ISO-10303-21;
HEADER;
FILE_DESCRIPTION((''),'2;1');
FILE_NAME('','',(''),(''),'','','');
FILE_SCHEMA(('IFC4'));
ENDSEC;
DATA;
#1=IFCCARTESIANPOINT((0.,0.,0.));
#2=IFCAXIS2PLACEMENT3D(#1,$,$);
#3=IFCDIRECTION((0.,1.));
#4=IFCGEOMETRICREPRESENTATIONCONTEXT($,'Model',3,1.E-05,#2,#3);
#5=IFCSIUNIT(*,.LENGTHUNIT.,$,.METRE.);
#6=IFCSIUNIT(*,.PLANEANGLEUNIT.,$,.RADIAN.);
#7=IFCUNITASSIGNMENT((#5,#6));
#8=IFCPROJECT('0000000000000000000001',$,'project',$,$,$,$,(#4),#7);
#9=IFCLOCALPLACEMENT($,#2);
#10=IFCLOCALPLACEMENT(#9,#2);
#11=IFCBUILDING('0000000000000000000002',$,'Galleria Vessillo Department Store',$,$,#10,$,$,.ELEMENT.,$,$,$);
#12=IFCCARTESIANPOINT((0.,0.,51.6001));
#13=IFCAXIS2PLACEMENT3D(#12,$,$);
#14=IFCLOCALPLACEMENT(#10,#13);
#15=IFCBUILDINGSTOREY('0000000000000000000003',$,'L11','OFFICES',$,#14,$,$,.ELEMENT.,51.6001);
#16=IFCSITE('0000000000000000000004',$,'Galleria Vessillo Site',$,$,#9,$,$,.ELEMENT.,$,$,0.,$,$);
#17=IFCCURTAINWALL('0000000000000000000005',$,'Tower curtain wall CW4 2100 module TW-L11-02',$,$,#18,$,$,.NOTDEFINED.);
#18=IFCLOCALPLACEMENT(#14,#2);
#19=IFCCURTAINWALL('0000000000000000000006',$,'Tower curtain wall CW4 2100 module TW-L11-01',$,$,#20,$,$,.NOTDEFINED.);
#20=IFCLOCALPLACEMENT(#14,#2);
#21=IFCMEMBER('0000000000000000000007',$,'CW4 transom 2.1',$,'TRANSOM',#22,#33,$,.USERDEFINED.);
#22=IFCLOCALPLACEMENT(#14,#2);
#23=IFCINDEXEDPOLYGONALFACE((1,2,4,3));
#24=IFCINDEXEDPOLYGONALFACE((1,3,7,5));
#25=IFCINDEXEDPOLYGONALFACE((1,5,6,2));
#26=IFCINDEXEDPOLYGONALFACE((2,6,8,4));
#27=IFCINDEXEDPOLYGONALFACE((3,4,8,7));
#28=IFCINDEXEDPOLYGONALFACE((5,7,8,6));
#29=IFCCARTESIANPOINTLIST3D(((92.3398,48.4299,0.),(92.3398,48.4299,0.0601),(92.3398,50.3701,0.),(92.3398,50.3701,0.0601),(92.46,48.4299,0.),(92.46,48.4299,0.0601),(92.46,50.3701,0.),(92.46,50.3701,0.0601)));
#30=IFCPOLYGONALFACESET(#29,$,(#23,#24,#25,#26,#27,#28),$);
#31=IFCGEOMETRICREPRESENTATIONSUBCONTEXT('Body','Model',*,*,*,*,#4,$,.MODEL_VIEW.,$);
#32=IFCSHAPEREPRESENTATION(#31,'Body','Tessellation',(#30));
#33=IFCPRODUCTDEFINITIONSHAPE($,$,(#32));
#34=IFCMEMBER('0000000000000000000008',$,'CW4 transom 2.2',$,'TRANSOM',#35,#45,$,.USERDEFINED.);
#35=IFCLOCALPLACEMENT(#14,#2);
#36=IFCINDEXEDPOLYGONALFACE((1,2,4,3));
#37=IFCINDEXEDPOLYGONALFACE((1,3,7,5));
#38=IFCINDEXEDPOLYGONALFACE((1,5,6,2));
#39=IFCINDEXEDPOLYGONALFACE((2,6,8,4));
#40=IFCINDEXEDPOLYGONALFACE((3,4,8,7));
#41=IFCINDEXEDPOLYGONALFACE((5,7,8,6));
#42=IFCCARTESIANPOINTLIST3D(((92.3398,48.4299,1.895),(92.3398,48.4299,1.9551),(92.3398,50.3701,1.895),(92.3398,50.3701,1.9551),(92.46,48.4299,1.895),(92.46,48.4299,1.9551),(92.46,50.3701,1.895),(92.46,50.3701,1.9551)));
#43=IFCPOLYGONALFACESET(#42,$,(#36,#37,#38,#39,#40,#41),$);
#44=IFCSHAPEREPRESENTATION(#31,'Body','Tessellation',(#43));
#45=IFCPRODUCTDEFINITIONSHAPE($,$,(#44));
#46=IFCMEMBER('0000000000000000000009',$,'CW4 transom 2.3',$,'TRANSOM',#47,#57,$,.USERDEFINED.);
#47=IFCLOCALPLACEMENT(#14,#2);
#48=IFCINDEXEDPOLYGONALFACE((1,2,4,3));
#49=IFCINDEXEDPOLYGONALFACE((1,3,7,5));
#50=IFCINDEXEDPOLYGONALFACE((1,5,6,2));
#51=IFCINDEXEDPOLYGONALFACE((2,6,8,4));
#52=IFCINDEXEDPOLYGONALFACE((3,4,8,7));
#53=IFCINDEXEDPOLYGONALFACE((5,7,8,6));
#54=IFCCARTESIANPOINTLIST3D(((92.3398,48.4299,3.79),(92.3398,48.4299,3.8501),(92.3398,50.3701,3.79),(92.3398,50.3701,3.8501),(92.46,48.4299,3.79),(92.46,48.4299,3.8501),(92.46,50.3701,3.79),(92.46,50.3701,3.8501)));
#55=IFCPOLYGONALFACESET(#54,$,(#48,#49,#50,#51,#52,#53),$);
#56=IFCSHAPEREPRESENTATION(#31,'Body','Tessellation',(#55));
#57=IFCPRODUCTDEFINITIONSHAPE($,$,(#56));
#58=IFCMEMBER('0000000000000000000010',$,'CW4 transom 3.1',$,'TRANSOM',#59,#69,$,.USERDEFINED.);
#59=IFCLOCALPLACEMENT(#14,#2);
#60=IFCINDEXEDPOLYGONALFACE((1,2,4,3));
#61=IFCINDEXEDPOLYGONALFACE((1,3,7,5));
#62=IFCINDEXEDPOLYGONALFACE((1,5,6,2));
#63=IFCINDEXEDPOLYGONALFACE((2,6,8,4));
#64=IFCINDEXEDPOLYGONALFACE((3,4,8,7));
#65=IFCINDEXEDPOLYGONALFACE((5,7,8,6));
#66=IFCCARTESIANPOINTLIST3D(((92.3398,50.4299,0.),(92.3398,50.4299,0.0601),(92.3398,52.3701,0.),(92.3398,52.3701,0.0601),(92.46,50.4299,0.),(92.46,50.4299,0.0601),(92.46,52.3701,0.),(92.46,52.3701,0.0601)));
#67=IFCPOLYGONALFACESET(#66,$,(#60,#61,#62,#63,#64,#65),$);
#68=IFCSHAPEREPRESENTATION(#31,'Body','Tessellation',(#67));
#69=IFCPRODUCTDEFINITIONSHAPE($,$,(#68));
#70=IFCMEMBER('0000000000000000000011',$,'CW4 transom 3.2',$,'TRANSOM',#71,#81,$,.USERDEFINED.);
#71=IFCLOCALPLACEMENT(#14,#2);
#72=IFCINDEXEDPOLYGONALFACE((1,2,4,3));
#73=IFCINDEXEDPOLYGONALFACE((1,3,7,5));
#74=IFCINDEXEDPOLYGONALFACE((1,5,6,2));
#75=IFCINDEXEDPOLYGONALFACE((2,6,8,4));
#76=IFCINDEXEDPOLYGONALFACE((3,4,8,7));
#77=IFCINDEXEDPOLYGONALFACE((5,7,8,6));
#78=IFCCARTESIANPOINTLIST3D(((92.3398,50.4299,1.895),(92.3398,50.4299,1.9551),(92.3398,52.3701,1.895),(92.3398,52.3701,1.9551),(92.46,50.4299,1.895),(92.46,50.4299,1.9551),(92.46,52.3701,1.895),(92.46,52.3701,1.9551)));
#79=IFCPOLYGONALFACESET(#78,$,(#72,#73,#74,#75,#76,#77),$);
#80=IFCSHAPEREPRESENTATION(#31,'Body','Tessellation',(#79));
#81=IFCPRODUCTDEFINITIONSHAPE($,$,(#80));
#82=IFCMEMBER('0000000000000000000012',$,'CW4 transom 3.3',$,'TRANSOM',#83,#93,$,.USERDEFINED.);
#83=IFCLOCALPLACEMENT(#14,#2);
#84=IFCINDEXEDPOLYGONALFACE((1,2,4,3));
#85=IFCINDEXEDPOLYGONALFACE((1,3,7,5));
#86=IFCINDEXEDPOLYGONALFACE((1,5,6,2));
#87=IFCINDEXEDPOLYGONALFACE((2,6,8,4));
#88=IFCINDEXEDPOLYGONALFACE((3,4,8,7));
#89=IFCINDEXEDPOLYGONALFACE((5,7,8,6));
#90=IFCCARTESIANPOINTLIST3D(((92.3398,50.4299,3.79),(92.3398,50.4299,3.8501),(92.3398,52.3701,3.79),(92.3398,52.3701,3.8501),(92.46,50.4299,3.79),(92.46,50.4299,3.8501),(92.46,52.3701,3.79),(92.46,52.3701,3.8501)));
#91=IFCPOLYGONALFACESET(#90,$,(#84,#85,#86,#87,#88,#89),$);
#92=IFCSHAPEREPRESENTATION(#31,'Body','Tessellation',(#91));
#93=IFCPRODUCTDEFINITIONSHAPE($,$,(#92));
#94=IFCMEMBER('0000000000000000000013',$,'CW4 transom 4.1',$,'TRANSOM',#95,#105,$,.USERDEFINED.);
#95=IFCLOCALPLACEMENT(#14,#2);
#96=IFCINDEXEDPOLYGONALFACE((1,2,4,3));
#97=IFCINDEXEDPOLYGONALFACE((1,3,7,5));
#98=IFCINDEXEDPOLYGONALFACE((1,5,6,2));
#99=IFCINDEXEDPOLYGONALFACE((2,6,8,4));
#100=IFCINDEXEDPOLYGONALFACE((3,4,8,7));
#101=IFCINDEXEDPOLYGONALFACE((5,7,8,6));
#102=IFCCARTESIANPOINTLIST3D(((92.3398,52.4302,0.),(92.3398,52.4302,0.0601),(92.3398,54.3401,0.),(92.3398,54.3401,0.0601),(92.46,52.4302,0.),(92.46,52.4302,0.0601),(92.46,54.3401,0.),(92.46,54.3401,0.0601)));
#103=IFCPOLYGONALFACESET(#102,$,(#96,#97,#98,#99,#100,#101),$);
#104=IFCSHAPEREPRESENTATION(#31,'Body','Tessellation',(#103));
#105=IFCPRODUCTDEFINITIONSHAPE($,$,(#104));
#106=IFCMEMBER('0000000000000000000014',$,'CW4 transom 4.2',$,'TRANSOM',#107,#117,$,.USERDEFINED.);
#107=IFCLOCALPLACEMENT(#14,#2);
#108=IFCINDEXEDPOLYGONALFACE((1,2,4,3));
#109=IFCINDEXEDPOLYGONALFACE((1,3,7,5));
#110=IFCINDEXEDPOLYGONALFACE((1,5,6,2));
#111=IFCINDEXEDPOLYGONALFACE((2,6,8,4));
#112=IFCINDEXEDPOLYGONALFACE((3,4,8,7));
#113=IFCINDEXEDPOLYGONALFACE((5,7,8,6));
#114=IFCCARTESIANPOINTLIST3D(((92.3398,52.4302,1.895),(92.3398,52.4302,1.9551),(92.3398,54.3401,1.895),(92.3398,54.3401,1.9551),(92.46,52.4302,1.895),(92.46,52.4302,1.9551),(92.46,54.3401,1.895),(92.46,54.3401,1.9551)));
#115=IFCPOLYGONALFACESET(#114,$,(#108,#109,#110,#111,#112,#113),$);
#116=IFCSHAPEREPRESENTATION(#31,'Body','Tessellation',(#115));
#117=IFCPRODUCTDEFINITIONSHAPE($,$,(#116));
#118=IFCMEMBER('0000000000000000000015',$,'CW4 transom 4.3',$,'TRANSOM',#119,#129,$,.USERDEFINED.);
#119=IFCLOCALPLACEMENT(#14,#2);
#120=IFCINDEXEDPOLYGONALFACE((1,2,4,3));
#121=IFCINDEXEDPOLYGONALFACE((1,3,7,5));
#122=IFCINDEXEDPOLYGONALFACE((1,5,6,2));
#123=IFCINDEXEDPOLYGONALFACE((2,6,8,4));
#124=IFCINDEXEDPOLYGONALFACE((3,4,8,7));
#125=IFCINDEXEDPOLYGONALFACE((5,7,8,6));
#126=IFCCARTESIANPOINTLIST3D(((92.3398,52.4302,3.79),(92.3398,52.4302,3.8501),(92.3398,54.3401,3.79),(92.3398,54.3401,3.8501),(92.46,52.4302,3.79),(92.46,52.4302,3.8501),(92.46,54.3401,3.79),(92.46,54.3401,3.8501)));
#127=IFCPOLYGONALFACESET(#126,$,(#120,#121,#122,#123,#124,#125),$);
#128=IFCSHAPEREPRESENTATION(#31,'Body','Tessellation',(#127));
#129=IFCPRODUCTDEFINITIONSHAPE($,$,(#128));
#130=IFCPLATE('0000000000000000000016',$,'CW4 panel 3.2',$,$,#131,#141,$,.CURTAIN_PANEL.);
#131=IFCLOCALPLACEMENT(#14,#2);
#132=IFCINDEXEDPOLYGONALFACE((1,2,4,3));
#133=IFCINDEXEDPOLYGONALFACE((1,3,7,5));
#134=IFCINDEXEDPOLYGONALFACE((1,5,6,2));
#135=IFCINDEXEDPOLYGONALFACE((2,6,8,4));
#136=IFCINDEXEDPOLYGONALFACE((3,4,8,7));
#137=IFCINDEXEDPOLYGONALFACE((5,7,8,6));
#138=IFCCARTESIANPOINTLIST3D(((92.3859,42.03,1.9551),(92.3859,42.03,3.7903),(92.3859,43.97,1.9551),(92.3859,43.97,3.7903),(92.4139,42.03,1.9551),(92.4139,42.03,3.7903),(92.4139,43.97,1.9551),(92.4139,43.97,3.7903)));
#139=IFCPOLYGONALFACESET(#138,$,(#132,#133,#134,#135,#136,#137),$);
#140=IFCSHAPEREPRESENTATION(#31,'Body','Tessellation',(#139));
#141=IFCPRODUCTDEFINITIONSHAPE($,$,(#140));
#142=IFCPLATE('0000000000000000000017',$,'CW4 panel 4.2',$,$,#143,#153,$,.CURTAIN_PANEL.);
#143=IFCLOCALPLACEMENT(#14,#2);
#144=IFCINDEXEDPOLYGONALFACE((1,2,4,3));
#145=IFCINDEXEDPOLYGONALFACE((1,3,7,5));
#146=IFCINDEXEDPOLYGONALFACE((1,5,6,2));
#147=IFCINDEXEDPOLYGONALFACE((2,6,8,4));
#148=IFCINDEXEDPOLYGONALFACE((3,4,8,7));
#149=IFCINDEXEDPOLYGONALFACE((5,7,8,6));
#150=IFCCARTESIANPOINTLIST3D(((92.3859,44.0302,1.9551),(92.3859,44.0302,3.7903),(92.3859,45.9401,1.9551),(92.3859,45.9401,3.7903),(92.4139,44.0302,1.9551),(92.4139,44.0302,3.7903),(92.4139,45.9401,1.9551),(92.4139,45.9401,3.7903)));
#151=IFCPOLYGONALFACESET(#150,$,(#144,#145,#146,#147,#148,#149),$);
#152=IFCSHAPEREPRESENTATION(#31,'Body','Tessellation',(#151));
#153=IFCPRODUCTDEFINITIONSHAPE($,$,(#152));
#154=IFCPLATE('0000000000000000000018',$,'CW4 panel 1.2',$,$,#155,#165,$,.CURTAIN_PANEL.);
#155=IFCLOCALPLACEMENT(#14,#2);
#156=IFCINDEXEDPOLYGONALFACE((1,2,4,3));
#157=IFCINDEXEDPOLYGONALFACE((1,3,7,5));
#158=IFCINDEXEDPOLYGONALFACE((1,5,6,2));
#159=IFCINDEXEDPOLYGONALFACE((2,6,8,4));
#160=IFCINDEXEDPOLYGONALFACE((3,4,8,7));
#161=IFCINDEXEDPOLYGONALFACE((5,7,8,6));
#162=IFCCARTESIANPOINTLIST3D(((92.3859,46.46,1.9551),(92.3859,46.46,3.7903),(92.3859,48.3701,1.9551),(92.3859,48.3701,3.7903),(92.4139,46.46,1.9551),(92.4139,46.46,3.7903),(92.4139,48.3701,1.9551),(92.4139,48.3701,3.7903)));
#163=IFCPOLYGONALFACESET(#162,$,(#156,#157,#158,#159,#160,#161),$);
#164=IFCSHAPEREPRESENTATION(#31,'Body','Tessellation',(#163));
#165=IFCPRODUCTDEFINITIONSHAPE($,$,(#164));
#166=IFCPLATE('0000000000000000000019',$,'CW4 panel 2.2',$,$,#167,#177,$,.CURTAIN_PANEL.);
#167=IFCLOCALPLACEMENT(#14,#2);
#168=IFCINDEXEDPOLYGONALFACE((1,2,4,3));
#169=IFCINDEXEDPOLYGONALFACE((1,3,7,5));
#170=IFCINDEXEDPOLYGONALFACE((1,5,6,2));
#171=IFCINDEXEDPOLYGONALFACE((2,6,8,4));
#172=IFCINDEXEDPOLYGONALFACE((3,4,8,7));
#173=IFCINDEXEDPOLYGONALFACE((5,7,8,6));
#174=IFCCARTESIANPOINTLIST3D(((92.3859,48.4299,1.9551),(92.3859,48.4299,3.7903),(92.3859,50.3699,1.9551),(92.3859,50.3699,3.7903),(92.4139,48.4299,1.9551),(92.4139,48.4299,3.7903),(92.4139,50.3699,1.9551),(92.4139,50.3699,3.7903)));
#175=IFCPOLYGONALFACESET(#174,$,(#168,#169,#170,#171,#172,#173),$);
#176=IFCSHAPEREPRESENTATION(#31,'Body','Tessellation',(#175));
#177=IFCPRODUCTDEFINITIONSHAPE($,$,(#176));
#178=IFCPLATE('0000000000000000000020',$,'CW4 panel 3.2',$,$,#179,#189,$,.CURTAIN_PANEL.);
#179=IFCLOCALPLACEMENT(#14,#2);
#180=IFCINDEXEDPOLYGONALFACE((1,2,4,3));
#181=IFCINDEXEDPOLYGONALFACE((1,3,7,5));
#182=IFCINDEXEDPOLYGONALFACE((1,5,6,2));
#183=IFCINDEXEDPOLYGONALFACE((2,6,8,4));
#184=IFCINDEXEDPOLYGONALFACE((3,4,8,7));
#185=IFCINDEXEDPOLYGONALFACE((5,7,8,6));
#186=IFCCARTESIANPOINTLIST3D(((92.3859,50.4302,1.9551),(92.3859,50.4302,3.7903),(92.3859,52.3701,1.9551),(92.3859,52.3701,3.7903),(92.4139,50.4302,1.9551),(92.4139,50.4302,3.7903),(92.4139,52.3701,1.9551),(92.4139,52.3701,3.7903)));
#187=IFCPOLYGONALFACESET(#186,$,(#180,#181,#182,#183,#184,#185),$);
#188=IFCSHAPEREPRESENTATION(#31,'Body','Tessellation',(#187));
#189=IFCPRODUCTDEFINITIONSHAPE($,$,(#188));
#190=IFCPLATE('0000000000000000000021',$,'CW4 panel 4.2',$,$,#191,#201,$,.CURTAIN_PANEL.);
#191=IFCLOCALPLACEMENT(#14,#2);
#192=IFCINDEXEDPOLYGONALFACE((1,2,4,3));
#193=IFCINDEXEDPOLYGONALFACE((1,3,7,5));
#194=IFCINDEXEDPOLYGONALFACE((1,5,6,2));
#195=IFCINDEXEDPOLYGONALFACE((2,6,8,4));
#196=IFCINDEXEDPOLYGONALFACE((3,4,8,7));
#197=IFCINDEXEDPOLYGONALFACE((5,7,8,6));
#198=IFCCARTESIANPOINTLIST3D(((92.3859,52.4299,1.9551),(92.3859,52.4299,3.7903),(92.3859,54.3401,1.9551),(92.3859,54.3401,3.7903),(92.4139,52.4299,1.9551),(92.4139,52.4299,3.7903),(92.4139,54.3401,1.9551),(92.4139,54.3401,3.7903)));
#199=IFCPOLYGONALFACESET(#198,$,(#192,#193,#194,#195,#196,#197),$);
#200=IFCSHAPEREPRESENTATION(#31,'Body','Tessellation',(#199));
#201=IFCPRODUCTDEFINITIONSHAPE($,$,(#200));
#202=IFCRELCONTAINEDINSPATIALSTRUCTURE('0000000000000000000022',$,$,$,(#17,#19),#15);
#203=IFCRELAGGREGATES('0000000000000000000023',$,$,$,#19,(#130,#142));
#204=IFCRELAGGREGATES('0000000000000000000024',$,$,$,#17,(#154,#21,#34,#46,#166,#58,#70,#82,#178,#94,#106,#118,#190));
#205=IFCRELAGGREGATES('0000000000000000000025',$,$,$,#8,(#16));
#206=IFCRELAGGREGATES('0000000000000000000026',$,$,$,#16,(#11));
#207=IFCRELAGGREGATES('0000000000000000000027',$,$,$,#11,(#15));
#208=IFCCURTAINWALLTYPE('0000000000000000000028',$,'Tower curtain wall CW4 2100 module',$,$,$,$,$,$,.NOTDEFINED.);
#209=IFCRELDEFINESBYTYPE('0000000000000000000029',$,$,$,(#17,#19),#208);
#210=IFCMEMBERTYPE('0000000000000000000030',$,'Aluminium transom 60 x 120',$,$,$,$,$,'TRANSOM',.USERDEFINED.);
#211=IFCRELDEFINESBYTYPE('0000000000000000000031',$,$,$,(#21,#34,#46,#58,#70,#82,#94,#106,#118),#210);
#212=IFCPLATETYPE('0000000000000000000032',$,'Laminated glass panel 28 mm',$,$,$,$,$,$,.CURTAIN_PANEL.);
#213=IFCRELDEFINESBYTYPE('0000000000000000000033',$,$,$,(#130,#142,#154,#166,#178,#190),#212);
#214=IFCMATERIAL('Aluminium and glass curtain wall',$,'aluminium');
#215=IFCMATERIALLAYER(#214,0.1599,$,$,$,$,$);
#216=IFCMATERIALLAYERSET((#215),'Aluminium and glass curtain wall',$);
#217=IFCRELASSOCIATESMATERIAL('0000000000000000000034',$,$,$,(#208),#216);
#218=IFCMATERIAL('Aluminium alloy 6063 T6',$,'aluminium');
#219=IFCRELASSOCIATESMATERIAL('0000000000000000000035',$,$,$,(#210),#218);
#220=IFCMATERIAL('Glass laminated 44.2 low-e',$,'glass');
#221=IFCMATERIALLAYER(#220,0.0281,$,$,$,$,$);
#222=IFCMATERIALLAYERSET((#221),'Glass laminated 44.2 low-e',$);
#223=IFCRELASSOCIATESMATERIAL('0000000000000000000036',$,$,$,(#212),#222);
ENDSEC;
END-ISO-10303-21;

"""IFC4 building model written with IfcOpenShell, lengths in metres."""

from ifc_helpers import new_model, si_unit, direction, frame, origin, origin_2d, place, context, subcontext, project, spatial, rectangle, extrude, material, layer, layer_set, material_profile, profile_set, type_object, element, aggregate, save


model = new_model("IFC4")

# Units and contexts
model_context = context("Model", 3, precision=1e-05, world=origin(), true_north=direction((0.0, 1.0)))
body_context = subcontext(model_context, "Body", "Model", "MODEL_VIEW")
ifc_project = project(units=[si_unit("LENGTHUNIT", "METRE"), si_unit("PLANEANGLEUNIT", "RADIAN")], contexts=[model_context])

# Site, building, storey
site_placement = place(None, origin())
site = spatial("IfcSite", under=ifc_project, at=site_placement, Name="Galleria Vessillo Site", CompositionType="ELEMENT", RefElevation=0.0)
building_placement = place(site_placement, origin())
building = spatial("IfcBuilding", under=site, at=building_placement, Name="Galleria Vessillo Department Store", CompositionType="ELEMENT")
storey_placement = place(building_placement, frame((0.0, 0.0, 51.6001)))
storey = spatial("IfcBuildingStorey", under=building, at=storey_placement, Name="L11", Description="OFFICES", CompositionType="ELEMENT", Elevation=51.6001)

# Curtain walls
ifc_material_1 = material(Name="Aluminium and glass curtain wall", Category="aluminium")
ifc_layer_1 = layer(ifc_material_1, 0.1599)
ifc_layer_set_1 = layer_set([ifc_layer_1], Name="Aluminium and glass curtain wall")
curtain_wall_type = type_object("IfcCurtainWallType", Name="Tower curtain wall CW4 2100 module", PredefinedType="NOTDEFINED", material=ifc_layer_set_1)
curtain_wall_1_placement = place(storey_placement, origin())
curtain_wall_1 = element("IfcCurtainWall", 1, at=curtain_wall_1_placement, inside=storey, type_object=curtain_wall_type, Name="Tower curtain wall CW4 2100 module TW-L11-02", PredefinedType="NOTDEFINED")
curtain_wall_2_placement = place(storey_placement, origin())
curtain_wall_2 = element("IfcCurtainWall", 2, at=curtain_wall_2_placement, inside=storey, type_object=curtain_wall_type, Name="Tower curtain wall CW4 2100 module TW-L11-01", PredefinedType="NOTDEFINED")
ifc_material_2 = material(Name="Aluminium alloy 6063 T6", Category="aluminium")
ifc_material_profile_1 = material_profile(ifc_material_2, rectangle(XDim=0.1201, YDim=0.0601, at=origin_2d()), Name="AL 60x120")
ifc_profile_set_1 = profile_set([ifc_material_profile_1], Name="Aluminium alloy 6063 T6")
member_type_1 = type_object("IfcMemberType", Name="Aluminium transom 60 x 120", ElementType="TRANSOM", PredefinedType="USERDEFINED", material=ifc_profile_set_1)

# Members
member_1_placement = place(storey_placement, frame((92.3999, 48.4299, 0.03), z_axis=(0.0, 1.0, 0.0), x_axis=(-1.0, 0.0, 0.0)))
member_1 = element("IfcMember", 3, at=member_1_placement, type_object=member_type_1, Name="CW4 transom 2.1", ObjectType="TRANSOM", PredefinedType="USERDEFINED", context=body_context, shape_type="SweptSolid", body=[
    extrude(rectangle(XDim=0.1201, YDim=0.0601, at=origin_2d()), origin(), (0.0, 0.0, 1.0), 1.9402),
])
member_2_placement = place(storey_placement, frame((92.3999, 48.4299, 1.925), z_axis=(0.0, 1.0, 0.0), x_axis=(-1.0, 0.0, 0.0)))
member_2 = element("IfcMember", 4, at=member_2_placement, type_object=member_type_1, Name="CW4 transom 2.2", ObjectType="TRANSOM", PredefinedType="USERDEFINED", context=body_context, shape_type="SweptSolid", body=[
    extrude(rectangle(XDim=0.1201, YDim=0.0601, at=origin_2d()), origin(), (0.0, 0.0, 1.0), 1.9402),
])
member_3_placement = place(storey_placement, frame((92.3999, 48.4299, 3.8201), z_axis=(0.0, 1.0, 0.0), x_axis=(-1.0, 0.0, 0.0)))
member_3 = element("IfcMember", 5, at=member_3_placement, type_object=member_type_1, Name="CW4 transom 2.3", ObjectType="TRANSOM", PredefinedType="USERDEFINED", context=body_context, shape_type="SweptSolid", body=[
    extrude(rectangle(XDim=0.1201, YDim=0.0601, at=origin_2d()), origin(), (0.0, 0.0, 1.0), 1.9402),
])
member_4_placement = place(storey_placement, frame((92.3999, 50.4299, 0.03), z_axis=(0.0, 1.0, 0.0), x_axis=(-1.0, 0.0, 0.0)))
member_4 = element("IfcMember", 6, at=member_4_placement, type_object=member_type_1, Name="CW4 transom 3.1", ObjectType="TRANSOM", PredefinedType="USERDEFINED", context=body_context, shape_type="SweptSolid", body=[
    extrude(rectangle(XDim=0.1201, YDim=0.0601, at=origin_2d()), origin(), (0.0, 0.0, 1.0), 1.9402),
])
member_5_placement = place(storey_placement, frame((92.3999, 50.4299, 1.925), z_axis=(0.0, 1.0, 0.0), x_axis=(-1.0, 0.0, 0.0)))
member_5 = element("IfcMember", 7, at=member_5_placement, type_object=member_type_1, Name="CW4 transom 3.2", ObjectType="TRANSOM", PredefinedType="USERDEFINED", context=body_context, shape_type="SweptSolid", body=[
    extrude(rectangle(XDim=0.1201, YDim=0.0601, at=origin_2d()), origin(), (0.0, 0.0, 1.0), 1.9402),
])
member_6_placement = place(storey_placement, frame((92.3999, 50.4299, 3.8201), z_axis=(0.0, 1.0, 0.0), x_axis=(-1.0, 0.0, 0.0)))
member_6 = element("IfcMember", 8, at=member_6_placement, type_object=member_type_1, Name="CW4 transom 3.3", ObjectType="TRANSOM", PredefinedType="USERDEFINED", context=body_context, shape_type="SweptSolid", body=[
    extrude(rectangle(XDim=0.1201, YDim=0.0601, at=origin_2d()), origin(), (0.0, 0.0, 1.0), 1.9402),
])
member_7_placement = place(storey_placement, frame((92.3999, 52.4302, 0.03), z_axis=(0.0, 1.0, 0.0), x_axis=(-1.0, 0.0, 0.0)))
member_7 = element("IfcMember", 9, at=member_7_placement, type_object=member_type_1, Name="CW4 transom 4.1", ObjectType="TRANSOM", PredefinedType="USERDEFINED", context=body_context, shape_type="SweptSolid", body=[
    extrude(rectangle(XDim=0.1201, YDim=0.0601, at=origin_2d()), origin(), (0.0, 0.0, 1.0), 1.9099),
])
member_8_placement = place(storey_placement, frame((92.3999, 52.4302, 1.925), z_axis=(0.0, 1.0, 0.0), x_axis=(-1.0, 0.0, 0.0)))
member_8 = element("IfcMember", 10, at=member_8_placement, type_object=member_type_1, Name="CW4 transom 4.2", ObjectType="TRANSOM", PredefinedType="USERDEFINED", context=body_context, shape_type="SweptSolid", body=[
    extrude(rectangle(XDim=0.1201, YDim=0.0601, at=origin_2d()), origin(), (0.0, 0.0, 1.0), 1.9099),
])
member_9_placement = place(storey_placement, frame((92.3999, 52.4302, 3.8201), z_axis=(0.0, 1.0, 0.0), x_axis=(-1.0, 0.0, 0.0)))
member_9 = element("IfcMember", 11, at=member_9_placement, type_object=member_type_1, Name="CW4 transom 4.3", ObjectType="TRANSOM", PredefinedType="USERDEFINED", context=body_context, shape_type="SweptSolid", body=[
    extrude(rectangle(XDim=0.1201, YDim=0.0601, at=origin_2d()), origin(), (0.0, 0.0, 1.0), 1.9099),
])

# Plates
ifc_material_3 = material(Name="Glass laminated 44.2 low-e", Category="glass")
ifc_layer_2 = layer(ifc_material_3, 0.0281)
ifc_layer_set_2 = layer_set([ifc_layer_2], Name="Glass laminated 44.2 low-e")
plate_type_1 = type_object("IfcPlateType", Name="Laminated glass panel 28 mm", PredefinedType="CURTAIN_PANEL", material=ifc_layer_set_2)
plate_1_placement = place(storey_placement, frame((92.3999, 43.0, 1.9551), z_axis=(0.0, 0.0, 1.0), x_axis=(0.0, 1.0, 0.0)))
plate_1 = element("IfcPlate", 12, at=plate_1_placement, type_object=plate_type_1, Name="CW4 panel 3.2", PredefinedType="CURTAIN_PANEL", context=body_context, shape_type="SweptSolid", body=[
    extrude(rectangle(XDim=1.9399, YDim=0.0281, at=origin_2d()), origin(), (0.0, 0.0, 1.0), 1.8352),
])
plate_2_placement = place(storey_placement, frame((92.3999, 44.9851, 1.9551), z_axis=(0.0, 0.0, 1.0), x_axis=(0.0, 1.0, 0.0)))
plate_2 = element("IfcPlate", 13, at=plate_2_placement, type_object=plate_type_1, Name="CW4 panel 4.2", PredefinedType="CURTAIN_PANEL", context=body_context, shape_type="SweptSolid", body=[
    extrude(rectangle(XDim=1.9099, YDim=0.0281, at=origin_2d()), origin(), (0.0, 0.0, 1.0), 1.8352),
])
plate_3_placement = place(storey_placement, frame((92.3999, 47.415, 1.9551), z_axis=(0.0, 0.0, 1.0), x_axis=(0.0, 1.0, 0.0)))
plate_3 = element("IfcPlate", 14, at=plate_3_placement, type_object=plate_type_1, Name="CW4 panel 1.2", PredefinedType="CURTAIN_PANEL", context=body_context, shape_type="SweptSolid", body=[
    extrude(rectangle(XDim=1.9102, YDim=0.0281, at=origin_2d()), origin(), (0.0, 0.0, 1.0), 1.8352),
])
plate_4_placement = place(storey_placement, frame((92.3999, 49.3999, 1.9551), z_axis=(0.0, 0.0, 1.0), x_axis=(0.0, 1.0, 0.0)))
plate_4 = element("IfcPlate", 15, at=plate_4_placement, type_object=plate_type_1, Name="CW4 panel 2.2", PredefinedType="CURTAIN_PANEL", context=body_context, shape_type="SweptSolid", body=[
    extrude(rectangle(XDim=1.9399, YDim=0.0281, at=origin_2d()), origin(), (0.0, 0.0, 1.0), 1.8352),
])
plate_5_placement = place(storey_placement, frame((92.3999, 51.4001, 1.9551), z_axis=(0.0, 0.0, 1.0), x_axis=(0.0, 1.0, 0.0)))
plate_5 = element("IfcPlate", 16, at=plate_5_placement, type_object=plate_type_1, Name="CW4 panel 3.2", PredefinedType="CURTAIN_PANEL", context=body_context, shape_type="SweptSolid", body=[
    extrude(rectangle(XDim=1.9399, YDim=0.0281, at=origin_2d()), origin(), (0.0, 0.0, 1.0), 1.8352),
])
plate_6_placement = place(storey_placement, frame((92.3999, 53.385, 1.9551), z_axis=(0.0, 0.0, 1.0), x_axis=(0.0, 1.0, 0.0)))
plate_6 = element("IfcPlate", 17, at=plate_6_placement, type_object=plate_type_1, Name="CW4 panel 4.2", PredefinedType="CURTAIN_PANEL", context=body_context, shape_type="SweptSolid", body=[
    extrude(rectangle(XDim=1.9102, YDim=0.0281, at=origin_2d()), origin(), (0.0, 0.0, 1.0), 1.8352),
])
aggregate(curtain_wall_2, [plate_1, plate_2])
aggregate(curtain_wall_1, [plate_3, member_1, member_2, member_3, plate_4, member_4, member_5, member_6, plate_5, member_7, member_8, member_9, plate_6])

save(model, "model.ifc")
